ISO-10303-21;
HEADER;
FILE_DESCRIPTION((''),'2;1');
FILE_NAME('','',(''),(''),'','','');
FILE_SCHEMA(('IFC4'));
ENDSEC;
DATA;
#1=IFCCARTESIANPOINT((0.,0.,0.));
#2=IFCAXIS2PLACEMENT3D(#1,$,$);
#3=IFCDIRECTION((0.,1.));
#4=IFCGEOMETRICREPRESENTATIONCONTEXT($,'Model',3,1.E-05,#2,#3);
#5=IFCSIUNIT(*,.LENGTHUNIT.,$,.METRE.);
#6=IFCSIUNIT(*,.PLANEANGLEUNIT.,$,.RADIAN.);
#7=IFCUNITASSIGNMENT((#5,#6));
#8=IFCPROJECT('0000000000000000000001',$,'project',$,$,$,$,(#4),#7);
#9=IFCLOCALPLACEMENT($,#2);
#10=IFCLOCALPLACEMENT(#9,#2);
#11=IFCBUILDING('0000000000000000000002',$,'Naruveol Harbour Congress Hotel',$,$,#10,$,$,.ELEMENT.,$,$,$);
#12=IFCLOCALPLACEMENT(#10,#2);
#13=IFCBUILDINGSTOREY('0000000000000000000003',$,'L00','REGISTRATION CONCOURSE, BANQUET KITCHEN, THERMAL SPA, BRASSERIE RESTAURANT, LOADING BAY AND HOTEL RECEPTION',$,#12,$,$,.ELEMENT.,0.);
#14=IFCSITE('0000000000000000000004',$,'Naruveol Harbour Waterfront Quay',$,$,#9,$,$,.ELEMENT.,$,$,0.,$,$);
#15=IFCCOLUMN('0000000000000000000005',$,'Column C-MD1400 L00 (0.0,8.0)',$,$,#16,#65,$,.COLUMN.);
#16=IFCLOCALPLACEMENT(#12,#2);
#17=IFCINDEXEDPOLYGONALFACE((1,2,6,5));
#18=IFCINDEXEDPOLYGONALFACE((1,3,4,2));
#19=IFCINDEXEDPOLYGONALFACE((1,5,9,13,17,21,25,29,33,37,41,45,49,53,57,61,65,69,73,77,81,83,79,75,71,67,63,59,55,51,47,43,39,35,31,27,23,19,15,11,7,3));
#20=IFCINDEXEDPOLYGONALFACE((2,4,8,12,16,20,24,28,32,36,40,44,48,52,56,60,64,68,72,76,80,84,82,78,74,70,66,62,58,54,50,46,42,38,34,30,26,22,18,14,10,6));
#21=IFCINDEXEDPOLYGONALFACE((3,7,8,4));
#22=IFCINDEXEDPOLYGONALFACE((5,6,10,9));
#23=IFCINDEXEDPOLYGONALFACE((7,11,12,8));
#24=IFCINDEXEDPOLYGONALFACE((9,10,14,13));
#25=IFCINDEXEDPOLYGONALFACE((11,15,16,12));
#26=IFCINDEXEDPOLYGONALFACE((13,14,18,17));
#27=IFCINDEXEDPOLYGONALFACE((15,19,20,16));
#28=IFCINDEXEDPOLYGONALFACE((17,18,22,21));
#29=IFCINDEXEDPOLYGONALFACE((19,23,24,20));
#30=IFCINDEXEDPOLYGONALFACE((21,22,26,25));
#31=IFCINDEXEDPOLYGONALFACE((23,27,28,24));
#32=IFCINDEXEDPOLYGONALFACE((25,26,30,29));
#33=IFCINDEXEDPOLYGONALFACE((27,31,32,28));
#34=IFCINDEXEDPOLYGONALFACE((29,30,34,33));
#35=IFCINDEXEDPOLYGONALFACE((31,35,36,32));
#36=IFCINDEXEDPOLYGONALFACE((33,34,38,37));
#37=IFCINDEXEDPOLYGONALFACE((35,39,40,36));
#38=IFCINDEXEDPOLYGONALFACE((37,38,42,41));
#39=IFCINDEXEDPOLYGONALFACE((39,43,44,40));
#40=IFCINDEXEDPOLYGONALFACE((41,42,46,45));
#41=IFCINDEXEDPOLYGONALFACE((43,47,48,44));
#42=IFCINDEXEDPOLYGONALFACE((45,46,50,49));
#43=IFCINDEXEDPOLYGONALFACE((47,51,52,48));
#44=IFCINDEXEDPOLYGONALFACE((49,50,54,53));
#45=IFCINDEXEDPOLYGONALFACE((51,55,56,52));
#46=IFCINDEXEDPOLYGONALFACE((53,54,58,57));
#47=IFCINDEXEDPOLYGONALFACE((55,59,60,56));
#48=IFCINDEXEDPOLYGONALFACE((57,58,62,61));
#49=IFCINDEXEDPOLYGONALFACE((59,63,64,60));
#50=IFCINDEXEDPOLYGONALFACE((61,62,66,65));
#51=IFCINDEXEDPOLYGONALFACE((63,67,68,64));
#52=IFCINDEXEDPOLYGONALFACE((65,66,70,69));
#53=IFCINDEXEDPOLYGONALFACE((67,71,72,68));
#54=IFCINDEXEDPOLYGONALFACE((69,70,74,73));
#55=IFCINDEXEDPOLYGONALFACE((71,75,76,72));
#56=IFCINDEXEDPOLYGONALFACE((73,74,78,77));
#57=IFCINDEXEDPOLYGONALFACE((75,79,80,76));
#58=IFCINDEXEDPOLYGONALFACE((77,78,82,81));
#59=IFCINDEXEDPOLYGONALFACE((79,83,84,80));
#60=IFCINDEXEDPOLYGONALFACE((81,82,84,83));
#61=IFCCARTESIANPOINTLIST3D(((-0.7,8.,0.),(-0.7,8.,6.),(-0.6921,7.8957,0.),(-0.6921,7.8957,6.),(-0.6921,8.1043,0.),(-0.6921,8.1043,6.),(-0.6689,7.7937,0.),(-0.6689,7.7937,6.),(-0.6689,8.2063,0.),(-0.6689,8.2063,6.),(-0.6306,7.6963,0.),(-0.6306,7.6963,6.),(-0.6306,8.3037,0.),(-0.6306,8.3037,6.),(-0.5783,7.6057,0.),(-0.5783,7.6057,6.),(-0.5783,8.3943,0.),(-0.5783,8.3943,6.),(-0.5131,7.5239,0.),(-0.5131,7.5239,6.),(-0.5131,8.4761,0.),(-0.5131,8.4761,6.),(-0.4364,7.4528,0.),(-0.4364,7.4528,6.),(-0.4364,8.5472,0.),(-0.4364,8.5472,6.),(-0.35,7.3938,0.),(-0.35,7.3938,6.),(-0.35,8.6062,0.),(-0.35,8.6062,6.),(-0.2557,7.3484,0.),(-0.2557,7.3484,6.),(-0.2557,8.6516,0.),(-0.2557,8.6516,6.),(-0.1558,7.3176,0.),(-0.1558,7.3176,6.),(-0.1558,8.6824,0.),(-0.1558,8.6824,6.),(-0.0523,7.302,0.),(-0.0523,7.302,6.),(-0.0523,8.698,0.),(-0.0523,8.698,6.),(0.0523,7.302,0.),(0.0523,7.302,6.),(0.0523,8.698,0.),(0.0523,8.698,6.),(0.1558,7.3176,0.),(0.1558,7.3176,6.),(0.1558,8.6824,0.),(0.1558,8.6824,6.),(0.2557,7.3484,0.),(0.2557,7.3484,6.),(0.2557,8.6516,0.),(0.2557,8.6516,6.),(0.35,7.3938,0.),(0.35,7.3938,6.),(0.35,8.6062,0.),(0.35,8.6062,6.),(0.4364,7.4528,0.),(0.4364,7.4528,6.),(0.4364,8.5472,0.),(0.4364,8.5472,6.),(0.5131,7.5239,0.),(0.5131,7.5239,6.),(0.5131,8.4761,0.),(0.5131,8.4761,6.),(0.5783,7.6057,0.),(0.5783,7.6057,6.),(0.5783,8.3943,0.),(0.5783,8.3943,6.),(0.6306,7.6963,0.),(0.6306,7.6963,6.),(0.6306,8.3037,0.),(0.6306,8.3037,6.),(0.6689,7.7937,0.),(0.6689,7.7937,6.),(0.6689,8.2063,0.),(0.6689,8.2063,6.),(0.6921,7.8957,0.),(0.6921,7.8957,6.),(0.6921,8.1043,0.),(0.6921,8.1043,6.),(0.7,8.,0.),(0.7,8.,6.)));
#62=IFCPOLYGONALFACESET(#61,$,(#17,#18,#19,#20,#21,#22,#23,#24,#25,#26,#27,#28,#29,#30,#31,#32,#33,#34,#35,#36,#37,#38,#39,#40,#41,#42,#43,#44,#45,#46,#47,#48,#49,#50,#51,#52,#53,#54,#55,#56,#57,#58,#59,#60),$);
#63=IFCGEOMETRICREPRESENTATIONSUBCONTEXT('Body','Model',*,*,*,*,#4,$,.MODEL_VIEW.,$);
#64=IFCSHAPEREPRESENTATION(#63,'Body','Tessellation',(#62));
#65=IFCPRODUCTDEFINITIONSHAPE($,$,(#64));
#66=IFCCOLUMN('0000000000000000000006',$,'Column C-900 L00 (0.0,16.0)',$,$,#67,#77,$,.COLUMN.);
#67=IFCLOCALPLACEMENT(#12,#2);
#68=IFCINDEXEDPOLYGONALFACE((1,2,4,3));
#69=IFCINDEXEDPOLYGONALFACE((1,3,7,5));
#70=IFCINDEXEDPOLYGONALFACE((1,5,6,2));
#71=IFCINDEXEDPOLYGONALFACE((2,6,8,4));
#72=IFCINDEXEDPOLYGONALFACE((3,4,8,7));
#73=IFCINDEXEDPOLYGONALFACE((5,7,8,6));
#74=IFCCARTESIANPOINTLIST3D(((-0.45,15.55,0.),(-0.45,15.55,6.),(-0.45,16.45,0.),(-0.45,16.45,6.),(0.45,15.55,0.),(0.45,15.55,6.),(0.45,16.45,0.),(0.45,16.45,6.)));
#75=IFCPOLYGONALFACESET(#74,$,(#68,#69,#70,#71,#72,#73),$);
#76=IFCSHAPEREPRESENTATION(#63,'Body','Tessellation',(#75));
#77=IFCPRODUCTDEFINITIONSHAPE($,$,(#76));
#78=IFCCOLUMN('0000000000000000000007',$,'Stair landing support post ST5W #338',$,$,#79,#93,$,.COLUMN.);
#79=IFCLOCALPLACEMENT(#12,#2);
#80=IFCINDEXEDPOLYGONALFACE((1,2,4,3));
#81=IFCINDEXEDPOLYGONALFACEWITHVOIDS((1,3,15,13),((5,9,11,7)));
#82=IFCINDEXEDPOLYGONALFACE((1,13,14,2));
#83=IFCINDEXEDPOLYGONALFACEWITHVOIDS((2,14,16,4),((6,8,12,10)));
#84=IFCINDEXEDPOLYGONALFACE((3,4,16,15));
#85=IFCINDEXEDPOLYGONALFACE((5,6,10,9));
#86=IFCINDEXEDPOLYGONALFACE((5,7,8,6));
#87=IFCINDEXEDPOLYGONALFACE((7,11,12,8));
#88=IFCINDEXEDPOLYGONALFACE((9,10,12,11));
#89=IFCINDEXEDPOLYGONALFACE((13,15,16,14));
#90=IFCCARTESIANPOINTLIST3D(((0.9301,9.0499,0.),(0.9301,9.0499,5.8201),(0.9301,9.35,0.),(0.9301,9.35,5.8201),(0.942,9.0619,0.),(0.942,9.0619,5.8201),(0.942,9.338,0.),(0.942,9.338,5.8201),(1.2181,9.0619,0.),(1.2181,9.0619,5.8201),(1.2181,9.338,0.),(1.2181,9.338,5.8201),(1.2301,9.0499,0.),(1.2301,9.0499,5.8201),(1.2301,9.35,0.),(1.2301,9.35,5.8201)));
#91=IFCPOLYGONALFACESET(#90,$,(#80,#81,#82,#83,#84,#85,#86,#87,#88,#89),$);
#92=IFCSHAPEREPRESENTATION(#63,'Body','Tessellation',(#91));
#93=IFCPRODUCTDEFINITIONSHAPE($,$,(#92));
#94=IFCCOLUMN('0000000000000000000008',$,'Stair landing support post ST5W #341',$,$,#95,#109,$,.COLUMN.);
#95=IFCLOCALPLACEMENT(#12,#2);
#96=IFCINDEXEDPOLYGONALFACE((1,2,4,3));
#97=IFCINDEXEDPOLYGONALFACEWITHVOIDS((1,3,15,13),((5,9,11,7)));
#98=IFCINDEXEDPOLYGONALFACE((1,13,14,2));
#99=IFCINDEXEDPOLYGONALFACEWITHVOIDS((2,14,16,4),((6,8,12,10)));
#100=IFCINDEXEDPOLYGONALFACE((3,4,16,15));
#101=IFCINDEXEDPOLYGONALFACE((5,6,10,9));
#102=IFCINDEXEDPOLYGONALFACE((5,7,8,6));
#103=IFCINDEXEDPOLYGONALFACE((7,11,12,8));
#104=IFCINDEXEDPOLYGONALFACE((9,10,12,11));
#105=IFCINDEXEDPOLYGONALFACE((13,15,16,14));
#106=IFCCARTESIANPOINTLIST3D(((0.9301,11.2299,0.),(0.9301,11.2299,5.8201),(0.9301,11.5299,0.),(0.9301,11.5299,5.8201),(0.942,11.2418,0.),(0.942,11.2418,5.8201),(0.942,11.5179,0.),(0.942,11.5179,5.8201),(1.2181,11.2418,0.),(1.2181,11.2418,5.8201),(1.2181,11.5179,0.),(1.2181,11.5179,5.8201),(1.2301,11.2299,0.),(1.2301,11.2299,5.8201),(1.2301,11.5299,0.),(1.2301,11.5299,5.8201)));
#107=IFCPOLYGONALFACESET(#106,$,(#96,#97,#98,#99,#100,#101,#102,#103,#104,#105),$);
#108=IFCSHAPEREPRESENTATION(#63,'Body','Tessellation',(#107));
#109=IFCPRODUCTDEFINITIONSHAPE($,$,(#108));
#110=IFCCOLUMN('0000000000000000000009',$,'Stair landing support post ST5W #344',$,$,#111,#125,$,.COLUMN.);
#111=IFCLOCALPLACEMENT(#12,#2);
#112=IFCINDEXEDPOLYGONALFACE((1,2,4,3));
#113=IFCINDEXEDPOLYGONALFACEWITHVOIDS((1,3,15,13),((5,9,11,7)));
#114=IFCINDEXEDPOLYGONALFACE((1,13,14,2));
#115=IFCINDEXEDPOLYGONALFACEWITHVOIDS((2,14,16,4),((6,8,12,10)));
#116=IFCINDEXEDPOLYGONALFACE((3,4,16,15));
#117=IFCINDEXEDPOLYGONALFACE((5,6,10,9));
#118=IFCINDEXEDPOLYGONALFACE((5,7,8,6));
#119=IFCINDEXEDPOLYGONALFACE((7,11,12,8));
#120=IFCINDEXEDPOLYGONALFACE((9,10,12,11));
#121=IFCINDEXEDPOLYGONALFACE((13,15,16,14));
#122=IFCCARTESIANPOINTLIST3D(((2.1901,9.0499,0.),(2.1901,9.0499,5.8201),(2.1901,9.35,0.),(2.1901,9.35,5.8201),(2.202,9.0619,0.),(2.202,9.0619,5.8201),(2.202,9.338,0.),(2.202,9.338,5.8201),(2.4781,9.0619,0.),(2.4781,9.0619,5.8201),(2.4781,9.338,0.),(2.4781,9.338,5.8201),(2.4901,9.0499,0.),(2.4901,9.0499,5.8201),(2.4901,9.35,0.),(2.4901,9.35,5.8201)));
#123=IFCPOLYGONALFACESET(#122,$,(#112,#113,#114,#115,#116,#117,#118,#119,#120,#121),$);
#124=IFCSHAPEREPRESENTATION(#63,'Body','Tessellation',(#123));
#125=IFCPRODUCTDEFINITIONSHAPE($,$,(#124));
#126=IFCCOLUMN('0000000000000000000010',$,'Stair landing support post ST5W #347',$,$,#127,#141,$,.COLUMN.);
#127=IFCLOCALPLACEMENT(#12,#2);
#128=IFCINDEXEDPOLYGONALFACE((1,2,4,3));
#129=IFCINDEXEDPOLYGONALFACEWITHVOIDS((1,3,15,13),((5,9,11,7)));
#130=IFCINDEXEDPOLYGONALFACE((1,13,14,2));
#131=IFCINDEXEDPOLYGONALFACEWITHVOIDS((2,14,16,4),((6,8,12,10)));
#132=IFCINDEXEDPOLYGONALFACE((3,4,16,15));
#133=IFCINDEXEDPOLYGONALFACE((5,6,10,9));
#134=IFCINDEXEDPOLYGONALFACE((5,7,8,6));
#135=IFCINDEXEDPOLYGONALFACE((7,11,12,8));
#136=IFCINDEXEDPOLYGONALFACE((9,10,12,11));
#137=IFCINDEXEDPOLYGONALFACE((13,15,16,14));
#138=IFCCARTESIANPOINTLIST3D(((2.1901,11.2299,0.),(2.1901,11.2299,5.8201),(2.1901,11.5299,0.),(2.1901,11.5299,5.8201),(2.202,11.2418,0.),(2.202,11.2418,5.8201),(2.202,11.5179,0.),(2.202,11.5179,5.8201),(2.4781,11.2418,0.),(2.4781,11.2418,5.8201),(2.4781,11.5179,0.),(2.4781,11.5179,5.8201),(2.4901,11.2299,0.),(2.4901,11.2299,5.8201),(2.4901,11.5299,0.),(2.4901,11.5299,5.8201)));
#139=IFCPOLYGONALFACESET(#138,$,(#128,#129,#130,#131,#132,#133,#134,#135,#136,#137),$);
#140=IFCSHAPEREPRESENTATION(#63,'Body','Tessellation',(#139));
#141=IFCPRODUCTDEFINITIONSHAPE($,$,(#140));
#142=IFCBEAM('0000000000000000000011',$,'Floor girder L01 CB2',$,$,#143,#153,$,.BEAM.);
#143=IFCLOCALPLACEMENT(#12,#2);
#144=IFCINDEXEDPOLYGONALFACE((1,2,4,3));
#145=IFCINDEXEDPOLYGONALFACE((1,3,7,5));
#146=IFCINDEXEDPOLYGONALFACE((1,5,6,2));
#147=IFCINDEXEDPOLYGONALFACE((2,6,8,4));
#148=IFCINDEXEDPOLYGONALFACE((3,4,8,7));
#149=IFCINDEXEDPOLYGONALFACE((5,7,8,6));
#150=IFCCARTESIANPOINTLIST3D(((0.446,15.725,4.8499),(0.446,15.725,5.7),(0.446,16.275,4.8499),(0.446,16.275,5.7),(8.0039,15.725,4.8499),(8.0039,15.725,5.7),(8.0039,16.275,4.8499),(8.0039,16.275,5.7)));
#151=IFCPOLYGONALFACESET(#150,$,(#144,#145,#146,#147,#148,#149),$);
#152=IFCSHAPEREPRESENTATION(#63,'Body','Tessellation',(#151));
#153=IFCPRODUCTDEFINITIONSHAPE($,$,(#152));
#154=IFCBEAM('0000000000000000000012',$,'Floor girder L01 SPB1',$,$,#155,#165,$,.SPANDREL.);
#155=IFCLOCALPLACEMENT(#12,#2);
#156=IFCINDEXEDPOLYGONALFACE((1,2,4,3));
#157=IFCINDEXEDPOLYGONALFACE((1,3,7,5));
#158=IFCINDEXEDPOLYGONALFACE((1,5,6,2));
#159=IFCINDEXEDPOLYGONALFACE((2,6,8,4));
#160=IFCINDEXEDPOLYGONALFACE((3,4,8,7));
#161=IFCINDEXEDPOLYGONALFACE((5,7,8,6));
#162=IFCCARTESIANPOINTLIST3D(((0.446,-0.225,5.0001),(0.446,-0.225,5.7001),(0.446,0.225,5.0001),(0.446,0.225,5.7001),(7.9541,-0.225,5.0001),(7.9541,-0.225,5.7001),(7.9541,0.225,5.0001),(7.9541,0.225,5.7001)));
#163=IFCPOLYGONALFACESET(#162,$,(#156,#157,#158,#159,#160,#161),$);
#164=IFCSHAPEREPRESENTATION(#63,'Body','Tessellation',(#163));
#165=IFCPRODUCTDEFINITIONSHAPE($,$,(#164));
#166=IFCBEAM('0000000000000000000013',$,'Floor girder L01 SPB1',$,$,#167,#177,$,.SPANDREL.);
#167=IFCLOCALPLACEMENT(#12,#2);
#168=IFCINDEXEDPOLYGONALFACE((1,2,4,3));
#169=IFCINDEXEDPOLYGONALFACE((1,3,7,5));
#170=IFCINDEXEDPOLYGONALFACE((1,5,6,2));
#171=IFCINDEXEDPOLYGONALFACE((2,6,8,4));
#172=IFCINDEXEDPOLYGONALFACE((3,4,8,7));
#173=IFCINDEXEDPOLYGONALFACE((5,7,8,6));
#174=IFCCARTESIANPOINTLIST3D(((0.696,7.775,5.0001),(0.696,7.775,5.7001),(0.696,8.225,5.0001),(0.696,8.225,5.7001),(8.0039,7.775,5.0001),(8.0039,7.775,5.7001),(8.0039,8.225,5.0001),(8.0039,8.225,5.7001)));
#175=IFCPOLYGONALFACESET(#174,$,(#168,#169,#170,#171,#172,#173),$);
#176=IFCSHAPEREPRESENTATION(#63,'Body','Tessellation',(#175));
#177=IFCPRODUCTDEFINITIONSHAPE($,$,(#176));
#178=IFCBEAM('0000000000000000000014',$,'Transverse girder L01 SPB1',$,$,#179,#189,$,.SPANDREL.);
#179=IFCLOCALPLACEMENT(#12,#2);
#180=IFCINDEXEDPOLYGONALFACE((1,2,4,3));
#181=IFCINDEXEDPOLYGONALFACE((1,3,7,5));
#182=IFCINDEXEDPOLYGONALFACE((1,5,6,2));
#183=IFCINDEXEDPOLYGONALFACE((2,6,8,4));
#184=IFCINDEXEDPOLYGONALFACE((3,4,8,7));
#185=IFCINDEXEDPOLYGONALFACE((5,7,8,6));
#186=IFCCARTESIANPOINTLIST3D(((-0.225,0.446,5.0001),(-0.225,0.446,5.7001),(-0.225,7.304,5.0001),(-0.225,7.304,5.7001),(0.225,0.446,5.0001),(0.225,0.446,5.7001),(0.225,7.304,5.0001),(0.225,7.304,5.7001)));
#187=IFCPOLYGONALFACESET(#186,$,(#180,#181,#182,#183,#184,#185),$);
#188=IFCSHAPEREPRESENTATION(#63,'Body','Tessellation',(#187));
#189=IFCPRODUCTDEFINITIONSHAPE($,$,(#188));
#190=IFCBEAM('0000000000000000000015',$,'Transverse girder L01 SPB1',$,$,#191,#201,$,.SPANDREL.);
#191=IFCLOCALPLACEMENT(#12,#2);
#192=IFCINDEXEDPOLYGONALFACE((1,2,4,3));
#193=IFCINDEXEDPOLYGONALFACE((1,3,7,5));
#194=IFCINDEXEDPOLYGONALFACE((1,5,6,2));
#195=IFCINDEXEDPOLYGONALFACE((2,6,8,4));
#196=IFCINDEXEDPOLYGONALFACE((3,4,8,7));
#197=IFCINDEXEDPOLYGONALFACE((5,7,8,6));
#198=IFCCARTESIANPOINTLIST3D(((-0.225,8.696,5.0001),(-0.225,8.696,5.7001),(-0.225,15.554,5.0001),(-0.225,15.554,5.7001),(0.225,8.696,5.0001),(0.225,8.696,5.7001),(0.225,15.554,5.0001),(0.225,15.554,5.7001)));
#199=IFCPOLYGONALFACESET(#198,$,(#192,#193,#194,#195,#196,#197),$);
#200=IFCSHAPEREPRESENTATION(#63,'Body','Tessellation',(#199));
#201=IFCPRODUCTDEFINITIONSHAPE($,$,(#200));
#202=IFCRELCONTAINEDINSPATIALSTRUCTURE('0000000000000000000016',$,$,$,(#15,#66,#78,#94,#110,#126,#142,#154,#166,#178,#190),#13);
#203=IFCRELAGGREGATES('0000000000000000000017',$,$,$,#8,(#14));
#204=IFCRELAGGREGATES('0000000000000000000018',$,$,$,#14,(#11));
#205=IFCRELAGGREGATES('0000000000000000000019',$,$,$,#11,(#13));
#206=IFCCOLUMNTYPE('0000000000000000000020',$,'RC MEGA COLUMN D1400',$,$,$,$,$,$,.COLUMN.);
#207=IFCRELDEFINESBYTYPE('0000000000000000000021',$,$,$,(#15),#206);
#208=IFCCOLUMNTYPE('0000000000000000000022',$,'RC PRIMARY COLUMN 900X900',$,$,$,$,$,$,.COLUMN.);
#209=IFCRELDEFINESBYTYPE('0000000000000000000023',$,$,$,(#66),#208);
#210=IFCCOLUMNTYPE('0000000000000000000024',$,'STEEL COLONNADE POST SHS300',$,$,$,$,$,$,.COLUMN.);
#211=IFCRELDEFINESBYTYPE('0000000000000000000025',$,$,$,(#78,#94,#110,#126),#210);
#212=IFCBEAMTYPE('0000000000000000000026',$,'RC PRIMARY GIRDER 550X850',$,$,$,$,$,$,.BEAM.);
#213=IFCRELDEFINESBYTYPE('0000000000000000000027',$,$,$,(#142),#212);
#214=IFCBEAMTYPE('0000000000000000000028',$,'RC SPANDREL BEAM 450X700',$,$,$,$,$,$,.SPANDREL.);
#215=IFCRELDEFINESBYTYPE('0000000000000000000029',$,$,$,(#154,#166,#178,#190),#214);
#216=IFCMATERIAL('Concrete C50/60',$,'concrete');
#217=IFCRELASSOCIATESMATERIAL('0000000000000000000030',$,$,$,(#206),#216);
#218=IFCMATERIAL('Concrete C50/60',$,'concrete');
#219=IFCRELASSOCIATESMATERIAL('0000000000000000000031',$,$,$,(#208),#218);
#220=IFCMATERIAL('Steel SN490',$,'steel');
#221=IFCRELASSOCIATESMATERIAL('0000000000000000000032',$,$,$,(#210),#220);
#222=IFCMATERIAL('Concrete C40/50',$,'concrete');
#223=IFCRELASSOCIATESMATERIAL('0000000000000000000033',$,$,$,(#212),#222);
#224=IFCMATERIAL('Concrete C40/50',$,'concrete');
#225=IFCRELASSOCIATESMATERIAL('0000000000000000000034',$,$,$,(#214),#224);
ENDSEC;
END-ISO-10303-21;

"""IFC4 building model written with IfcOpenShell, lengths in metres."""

from ifc_helpers import new_model, si_unit, direction, frame, origin, origin_2d, place, context, subcontext, project, spatial, rectangle, hollow_rectangle, circle, extrude, material, material_profile, profile_set, type_object, element, save


model = new_model("IFC4")

# Units and contexts
model_context = context("Model", 3, precision=1e-05, world=origin(), true_north=direction((0.0, 1.0)))
body_context = subcontext(model_context, "Body", "Model", "MODEL_VIEW")
ifc_project = project(units=[si_unit("LENGTHUNIT", "METRE"), si_unit("PLANEANGLEUNIT", "RADIAN")], contexts=[model_context])

# Site, building, storey
site_placement = place(None, origin())
site = spatial("IfcSite", under=ifc_project, at=site_placement, Name="Naruveol Harbour Waterfront Quay", CompositionType="ELEMENT", RefElevation=0.0)
building_placement = place(site_placement, origin())
building = spatial("IfcBuilding", under=site, at=building_placement, Name="Naruveol Harbour Congress Hotel", CompositionType="ELEMENT")
storey_placement = place(building_placement, origin())
storey = spatial("IfcBuildingStorey", under=building, at=storey_placement, Name="L00", Description="REGISTRATION CONCOURSE, BANQUET KITCHEN, THERMAL SPA, BRASSERIE RESTAURANT, LOADING BAY AND HOTEL RECEPTION", CompositionType="ELEMENT", Elevation=0.0)

# Columns
ifc_material_1 = material(Name="Concrete C50/60", Category="concrete")
ifc_material_profile_1 = material_profile(ifc_material_1, circle(Radius=0.7, at=origin_2d()), Name="RC-D1400")
ifc_profile_set_1 = profile_set([ifc_material_profile_1], Name="Concrete C50/60")
column_type_1 = type_object("IfcColumnType", Name="RC MEGA COLUMN D1400", PredefinedType="COLUMN", material=ifc_profile_set_1)
column_1_placement = place(storey_placement, frame((0.0, 8.0, 0.0), z_axis=(0.0, 0.0, 1.0), x_axis=(1.0, 0.0, 0.0)))
element("IfcColumn", 1, at=column_1_placement, inside=storey, type_object=column_type_1, Name="Column C-MD1400 L00 (0.0,8.0)", PredefinedType="COLUMN", context=body_context, shape_type="SweptSolid", body=[
    extrude(circle(Radius=0.7, at=origin_2d()), origin(), (0.0, 0.0, 1.0), 6.0),
])
ifc_material_2 = material(Name="Concrete C50/60", Category="concrete")
ifc_material_profile_2 = material_profile(ifc_material_2, rectangle(XDim=0.8999, YDim=0.8999, at=origin_2d()), Name="RC-900x900")
ifc_profile_set_2 = profile_set([ifc_material_profile_2], Name="Concrete C50/60")
column_type_2 = type_object("IfcColumnType", Name="RC PRIMARY COLUMN 900X900", PredefinedType="COLUMN", material=ifc_profile_set_2)
column_2_placement = place(storey_placement, frame((0.0, 16.0, 0.0), z_axis=(0.0, 0.0, 1.0), x_axis=(1.0, 0.0, 0.0)))
element("IfcColumn", 2, at=column_2_placement, inside=storey, type_object=column_type_2, Name="Column C-900 L00 (0.0,16.0)", PredefinedType="COLUMN", context=body_context, shape_type="SweptSolid", body=[
    extrude(rectangle(XDim=0.8999, YDim=0.8999, at=origin_2d()), origin(), (0.0, 0.0, 1.0), 6.0),
])
ifc_material_3 = material(Name="Steel SN490", Category="steel")
ifc_material_profile_3 = material_profile(ifc_material_3, hollow_rectangle(XDim=0.3, YDim=0.3, WallThickness=0.012, at=origin_2d()), Name="SHS-300x300x12")
ifc_profile_set_3 = profile_set([ifc_material_profile_3], Name="Steel SN490")
column_type_3 = type_object("IfcColumnType", Name="STEEL COLONNADE POST SHS300", PredefinedType="COLUMN", material=ifc_profile_set_3)
for number, where, z_axis, x_axis, name in (
    (3, (1.0801, 9.2, 0.0), (0.0, 0.0, 1.0), (1.0, 0.0, 0.0), "Stair landing support post ST5W #338"),
    (4, (1.0801, 11.3799, 0.0), (0.0, 0.0, 1.0), (1.0, 0.0, 0.0), "Stair landing support post ST5W #341"),
    (5, (2.3401, 9.2, 0.0), (0.0, 0.0, 1.0), (1.0, 0.0, 0.0), "Stair landing support post ST5W #344"),
    (6, (2.3401, 11.3799, 0.0), (0.0, 0.0, 1.0), (1.0, 0.0, 0.0), "Stair landing support post ST5W #347"),
):
    element("IfcColumn", number, at=place(storey_placement, frame(where, z_axis=z_axis, x_axis=x_axis)), inside=storey, type_object=column_type_3, Name=name, PredefinedType="COLUMN", context=body_context, shape_type="SweptSolid", body=[
        extrude(hollow_rectangle(XDim=0.3, YDim=0.3, WallThickness=0.012, at=origin_2d()), origin(), (0.0, 0.0, 1.0), 5.8201),
    ])

# Beams
ifc_material_4 = material(Name="Concrete C40/50", Category="concrete")
ifc_material_profile_4 = material_profile(ifc_material_4, rectangle(XDim=0.55, YDim=0.8501, at=origin_2d()), Name="RCB-550x850")
ifc_profile_set_4 = profile_set([ifc_material_profile_4], Name="Concrete C40/50")
beam_type_1 = type_object("IfcBeamType", Name="RC PRIMARY GIRDER 550X850", PredefinedType="BEAM", material=ifc_profile_set_4)
beam_1_placement = place(storey_placement, frame((0.446, 16.0, 5.2749), z_axis=(1.0, 0.0, 0.0), x_axis=(0.0, 1.0, 0.0)))
element("IfcBeam", 7, at=beam_1_placement, inside=storey, type_object=beam_type_1, Name="Floor girder L01 CB2", PredefinedType="BEAM", context=body_context, shape_type="SweptSolid", body=[
    extrude(rectangle(XDim=0.55, YDim=0.8501, at=origin_2d()), origin(), (0.0, 0.0, 1.0), 7.5579),
])
ifc_material_5 = material(Name="Concrete C40/50", Category="concrete")
ifc_material_profile_5 = material_profile(ifc_material_5, rectangle(XDim=0.45, YDim=0.7, at=origin_2d()), Name="RCB-450x700")
ifc_profile_set_5 = profile_set([ifc_material_profile_5], Name="Concrete C40/50")
beam_type_2 = type_object("IfcBeamType", Name="RC SPANDREL BEAM 450X700", PredefinedType="SPANDREL", material=ifc_profile_set_5)
beam_2_placement = place(storey_placement, frame((0.446, 0.0, 5.3501), z_axis=(1.0, 0.0, 0.0), x_axis=(0.0, 1.0, 0.0)))
element("IfcBeam", 8, at=beam_2_placement, inside=storey, type_object=beam_type_2, Name="Floor girder L01 SPB1", PredefinedType="SPANDREL", context=body_context, shape_type="SweptSolid", body=[
    extrude(rectangle(XDim=0.45, YDim=0.7, at=origin_2d()), origin(), (0.0, 0.0, 1.0), 7.5081),
])
beam_3_placement = place(storey_placement, frame((0.696, 8.0, 5.3501), z_axis=(1.0, 0.0, 0.0), x_axis=(0.0, 1.0, 0.0)))
element("IfcBeam", 9, at=beam_3_placement, inside=storey, type_object=beam_type_2, Name="Floor girder L01 SPB1", PredefinedType="SPANDREL", context=body_context, shape_type="SweptSolid", body=[
    extrude(rectangle(XDim=0.45, YDim=0.7, at=origin_2d()), origin(), (0.0, 0.0, 1.0), 7.3079),
])
for number, where, z_axis, x_axis, name in (
    (10, (0.0, 0.446, 5.3501), (0.0, 1.0, 0.0), (-1.0, 0.0, 0.0), "Transverse girder L01 SPB1"),
    (11, (0.0, 8.696, 5.3501), (0.0, 1.0, 0.0), (-1.0, 0.0, 0.0), "Transverse girder L01 SPB1"),
):
    element("IfcBeam", number, at=place(storey_placement, frame(where, z_axis=z_axis, x_axis=x_axis)), inside=storey, type_object=beam_type_2, Name=name, PredefinedType="SPANDREL", context=body_context, shape_type="SweptSolid", body=[
        extrude(rectangle(XDim=0.45, YDim=0.7, at=origin_2d()), origin(), (0.0, 0.0, 1.0), 6.8579),
    ])

save(model, "model.ifc")
